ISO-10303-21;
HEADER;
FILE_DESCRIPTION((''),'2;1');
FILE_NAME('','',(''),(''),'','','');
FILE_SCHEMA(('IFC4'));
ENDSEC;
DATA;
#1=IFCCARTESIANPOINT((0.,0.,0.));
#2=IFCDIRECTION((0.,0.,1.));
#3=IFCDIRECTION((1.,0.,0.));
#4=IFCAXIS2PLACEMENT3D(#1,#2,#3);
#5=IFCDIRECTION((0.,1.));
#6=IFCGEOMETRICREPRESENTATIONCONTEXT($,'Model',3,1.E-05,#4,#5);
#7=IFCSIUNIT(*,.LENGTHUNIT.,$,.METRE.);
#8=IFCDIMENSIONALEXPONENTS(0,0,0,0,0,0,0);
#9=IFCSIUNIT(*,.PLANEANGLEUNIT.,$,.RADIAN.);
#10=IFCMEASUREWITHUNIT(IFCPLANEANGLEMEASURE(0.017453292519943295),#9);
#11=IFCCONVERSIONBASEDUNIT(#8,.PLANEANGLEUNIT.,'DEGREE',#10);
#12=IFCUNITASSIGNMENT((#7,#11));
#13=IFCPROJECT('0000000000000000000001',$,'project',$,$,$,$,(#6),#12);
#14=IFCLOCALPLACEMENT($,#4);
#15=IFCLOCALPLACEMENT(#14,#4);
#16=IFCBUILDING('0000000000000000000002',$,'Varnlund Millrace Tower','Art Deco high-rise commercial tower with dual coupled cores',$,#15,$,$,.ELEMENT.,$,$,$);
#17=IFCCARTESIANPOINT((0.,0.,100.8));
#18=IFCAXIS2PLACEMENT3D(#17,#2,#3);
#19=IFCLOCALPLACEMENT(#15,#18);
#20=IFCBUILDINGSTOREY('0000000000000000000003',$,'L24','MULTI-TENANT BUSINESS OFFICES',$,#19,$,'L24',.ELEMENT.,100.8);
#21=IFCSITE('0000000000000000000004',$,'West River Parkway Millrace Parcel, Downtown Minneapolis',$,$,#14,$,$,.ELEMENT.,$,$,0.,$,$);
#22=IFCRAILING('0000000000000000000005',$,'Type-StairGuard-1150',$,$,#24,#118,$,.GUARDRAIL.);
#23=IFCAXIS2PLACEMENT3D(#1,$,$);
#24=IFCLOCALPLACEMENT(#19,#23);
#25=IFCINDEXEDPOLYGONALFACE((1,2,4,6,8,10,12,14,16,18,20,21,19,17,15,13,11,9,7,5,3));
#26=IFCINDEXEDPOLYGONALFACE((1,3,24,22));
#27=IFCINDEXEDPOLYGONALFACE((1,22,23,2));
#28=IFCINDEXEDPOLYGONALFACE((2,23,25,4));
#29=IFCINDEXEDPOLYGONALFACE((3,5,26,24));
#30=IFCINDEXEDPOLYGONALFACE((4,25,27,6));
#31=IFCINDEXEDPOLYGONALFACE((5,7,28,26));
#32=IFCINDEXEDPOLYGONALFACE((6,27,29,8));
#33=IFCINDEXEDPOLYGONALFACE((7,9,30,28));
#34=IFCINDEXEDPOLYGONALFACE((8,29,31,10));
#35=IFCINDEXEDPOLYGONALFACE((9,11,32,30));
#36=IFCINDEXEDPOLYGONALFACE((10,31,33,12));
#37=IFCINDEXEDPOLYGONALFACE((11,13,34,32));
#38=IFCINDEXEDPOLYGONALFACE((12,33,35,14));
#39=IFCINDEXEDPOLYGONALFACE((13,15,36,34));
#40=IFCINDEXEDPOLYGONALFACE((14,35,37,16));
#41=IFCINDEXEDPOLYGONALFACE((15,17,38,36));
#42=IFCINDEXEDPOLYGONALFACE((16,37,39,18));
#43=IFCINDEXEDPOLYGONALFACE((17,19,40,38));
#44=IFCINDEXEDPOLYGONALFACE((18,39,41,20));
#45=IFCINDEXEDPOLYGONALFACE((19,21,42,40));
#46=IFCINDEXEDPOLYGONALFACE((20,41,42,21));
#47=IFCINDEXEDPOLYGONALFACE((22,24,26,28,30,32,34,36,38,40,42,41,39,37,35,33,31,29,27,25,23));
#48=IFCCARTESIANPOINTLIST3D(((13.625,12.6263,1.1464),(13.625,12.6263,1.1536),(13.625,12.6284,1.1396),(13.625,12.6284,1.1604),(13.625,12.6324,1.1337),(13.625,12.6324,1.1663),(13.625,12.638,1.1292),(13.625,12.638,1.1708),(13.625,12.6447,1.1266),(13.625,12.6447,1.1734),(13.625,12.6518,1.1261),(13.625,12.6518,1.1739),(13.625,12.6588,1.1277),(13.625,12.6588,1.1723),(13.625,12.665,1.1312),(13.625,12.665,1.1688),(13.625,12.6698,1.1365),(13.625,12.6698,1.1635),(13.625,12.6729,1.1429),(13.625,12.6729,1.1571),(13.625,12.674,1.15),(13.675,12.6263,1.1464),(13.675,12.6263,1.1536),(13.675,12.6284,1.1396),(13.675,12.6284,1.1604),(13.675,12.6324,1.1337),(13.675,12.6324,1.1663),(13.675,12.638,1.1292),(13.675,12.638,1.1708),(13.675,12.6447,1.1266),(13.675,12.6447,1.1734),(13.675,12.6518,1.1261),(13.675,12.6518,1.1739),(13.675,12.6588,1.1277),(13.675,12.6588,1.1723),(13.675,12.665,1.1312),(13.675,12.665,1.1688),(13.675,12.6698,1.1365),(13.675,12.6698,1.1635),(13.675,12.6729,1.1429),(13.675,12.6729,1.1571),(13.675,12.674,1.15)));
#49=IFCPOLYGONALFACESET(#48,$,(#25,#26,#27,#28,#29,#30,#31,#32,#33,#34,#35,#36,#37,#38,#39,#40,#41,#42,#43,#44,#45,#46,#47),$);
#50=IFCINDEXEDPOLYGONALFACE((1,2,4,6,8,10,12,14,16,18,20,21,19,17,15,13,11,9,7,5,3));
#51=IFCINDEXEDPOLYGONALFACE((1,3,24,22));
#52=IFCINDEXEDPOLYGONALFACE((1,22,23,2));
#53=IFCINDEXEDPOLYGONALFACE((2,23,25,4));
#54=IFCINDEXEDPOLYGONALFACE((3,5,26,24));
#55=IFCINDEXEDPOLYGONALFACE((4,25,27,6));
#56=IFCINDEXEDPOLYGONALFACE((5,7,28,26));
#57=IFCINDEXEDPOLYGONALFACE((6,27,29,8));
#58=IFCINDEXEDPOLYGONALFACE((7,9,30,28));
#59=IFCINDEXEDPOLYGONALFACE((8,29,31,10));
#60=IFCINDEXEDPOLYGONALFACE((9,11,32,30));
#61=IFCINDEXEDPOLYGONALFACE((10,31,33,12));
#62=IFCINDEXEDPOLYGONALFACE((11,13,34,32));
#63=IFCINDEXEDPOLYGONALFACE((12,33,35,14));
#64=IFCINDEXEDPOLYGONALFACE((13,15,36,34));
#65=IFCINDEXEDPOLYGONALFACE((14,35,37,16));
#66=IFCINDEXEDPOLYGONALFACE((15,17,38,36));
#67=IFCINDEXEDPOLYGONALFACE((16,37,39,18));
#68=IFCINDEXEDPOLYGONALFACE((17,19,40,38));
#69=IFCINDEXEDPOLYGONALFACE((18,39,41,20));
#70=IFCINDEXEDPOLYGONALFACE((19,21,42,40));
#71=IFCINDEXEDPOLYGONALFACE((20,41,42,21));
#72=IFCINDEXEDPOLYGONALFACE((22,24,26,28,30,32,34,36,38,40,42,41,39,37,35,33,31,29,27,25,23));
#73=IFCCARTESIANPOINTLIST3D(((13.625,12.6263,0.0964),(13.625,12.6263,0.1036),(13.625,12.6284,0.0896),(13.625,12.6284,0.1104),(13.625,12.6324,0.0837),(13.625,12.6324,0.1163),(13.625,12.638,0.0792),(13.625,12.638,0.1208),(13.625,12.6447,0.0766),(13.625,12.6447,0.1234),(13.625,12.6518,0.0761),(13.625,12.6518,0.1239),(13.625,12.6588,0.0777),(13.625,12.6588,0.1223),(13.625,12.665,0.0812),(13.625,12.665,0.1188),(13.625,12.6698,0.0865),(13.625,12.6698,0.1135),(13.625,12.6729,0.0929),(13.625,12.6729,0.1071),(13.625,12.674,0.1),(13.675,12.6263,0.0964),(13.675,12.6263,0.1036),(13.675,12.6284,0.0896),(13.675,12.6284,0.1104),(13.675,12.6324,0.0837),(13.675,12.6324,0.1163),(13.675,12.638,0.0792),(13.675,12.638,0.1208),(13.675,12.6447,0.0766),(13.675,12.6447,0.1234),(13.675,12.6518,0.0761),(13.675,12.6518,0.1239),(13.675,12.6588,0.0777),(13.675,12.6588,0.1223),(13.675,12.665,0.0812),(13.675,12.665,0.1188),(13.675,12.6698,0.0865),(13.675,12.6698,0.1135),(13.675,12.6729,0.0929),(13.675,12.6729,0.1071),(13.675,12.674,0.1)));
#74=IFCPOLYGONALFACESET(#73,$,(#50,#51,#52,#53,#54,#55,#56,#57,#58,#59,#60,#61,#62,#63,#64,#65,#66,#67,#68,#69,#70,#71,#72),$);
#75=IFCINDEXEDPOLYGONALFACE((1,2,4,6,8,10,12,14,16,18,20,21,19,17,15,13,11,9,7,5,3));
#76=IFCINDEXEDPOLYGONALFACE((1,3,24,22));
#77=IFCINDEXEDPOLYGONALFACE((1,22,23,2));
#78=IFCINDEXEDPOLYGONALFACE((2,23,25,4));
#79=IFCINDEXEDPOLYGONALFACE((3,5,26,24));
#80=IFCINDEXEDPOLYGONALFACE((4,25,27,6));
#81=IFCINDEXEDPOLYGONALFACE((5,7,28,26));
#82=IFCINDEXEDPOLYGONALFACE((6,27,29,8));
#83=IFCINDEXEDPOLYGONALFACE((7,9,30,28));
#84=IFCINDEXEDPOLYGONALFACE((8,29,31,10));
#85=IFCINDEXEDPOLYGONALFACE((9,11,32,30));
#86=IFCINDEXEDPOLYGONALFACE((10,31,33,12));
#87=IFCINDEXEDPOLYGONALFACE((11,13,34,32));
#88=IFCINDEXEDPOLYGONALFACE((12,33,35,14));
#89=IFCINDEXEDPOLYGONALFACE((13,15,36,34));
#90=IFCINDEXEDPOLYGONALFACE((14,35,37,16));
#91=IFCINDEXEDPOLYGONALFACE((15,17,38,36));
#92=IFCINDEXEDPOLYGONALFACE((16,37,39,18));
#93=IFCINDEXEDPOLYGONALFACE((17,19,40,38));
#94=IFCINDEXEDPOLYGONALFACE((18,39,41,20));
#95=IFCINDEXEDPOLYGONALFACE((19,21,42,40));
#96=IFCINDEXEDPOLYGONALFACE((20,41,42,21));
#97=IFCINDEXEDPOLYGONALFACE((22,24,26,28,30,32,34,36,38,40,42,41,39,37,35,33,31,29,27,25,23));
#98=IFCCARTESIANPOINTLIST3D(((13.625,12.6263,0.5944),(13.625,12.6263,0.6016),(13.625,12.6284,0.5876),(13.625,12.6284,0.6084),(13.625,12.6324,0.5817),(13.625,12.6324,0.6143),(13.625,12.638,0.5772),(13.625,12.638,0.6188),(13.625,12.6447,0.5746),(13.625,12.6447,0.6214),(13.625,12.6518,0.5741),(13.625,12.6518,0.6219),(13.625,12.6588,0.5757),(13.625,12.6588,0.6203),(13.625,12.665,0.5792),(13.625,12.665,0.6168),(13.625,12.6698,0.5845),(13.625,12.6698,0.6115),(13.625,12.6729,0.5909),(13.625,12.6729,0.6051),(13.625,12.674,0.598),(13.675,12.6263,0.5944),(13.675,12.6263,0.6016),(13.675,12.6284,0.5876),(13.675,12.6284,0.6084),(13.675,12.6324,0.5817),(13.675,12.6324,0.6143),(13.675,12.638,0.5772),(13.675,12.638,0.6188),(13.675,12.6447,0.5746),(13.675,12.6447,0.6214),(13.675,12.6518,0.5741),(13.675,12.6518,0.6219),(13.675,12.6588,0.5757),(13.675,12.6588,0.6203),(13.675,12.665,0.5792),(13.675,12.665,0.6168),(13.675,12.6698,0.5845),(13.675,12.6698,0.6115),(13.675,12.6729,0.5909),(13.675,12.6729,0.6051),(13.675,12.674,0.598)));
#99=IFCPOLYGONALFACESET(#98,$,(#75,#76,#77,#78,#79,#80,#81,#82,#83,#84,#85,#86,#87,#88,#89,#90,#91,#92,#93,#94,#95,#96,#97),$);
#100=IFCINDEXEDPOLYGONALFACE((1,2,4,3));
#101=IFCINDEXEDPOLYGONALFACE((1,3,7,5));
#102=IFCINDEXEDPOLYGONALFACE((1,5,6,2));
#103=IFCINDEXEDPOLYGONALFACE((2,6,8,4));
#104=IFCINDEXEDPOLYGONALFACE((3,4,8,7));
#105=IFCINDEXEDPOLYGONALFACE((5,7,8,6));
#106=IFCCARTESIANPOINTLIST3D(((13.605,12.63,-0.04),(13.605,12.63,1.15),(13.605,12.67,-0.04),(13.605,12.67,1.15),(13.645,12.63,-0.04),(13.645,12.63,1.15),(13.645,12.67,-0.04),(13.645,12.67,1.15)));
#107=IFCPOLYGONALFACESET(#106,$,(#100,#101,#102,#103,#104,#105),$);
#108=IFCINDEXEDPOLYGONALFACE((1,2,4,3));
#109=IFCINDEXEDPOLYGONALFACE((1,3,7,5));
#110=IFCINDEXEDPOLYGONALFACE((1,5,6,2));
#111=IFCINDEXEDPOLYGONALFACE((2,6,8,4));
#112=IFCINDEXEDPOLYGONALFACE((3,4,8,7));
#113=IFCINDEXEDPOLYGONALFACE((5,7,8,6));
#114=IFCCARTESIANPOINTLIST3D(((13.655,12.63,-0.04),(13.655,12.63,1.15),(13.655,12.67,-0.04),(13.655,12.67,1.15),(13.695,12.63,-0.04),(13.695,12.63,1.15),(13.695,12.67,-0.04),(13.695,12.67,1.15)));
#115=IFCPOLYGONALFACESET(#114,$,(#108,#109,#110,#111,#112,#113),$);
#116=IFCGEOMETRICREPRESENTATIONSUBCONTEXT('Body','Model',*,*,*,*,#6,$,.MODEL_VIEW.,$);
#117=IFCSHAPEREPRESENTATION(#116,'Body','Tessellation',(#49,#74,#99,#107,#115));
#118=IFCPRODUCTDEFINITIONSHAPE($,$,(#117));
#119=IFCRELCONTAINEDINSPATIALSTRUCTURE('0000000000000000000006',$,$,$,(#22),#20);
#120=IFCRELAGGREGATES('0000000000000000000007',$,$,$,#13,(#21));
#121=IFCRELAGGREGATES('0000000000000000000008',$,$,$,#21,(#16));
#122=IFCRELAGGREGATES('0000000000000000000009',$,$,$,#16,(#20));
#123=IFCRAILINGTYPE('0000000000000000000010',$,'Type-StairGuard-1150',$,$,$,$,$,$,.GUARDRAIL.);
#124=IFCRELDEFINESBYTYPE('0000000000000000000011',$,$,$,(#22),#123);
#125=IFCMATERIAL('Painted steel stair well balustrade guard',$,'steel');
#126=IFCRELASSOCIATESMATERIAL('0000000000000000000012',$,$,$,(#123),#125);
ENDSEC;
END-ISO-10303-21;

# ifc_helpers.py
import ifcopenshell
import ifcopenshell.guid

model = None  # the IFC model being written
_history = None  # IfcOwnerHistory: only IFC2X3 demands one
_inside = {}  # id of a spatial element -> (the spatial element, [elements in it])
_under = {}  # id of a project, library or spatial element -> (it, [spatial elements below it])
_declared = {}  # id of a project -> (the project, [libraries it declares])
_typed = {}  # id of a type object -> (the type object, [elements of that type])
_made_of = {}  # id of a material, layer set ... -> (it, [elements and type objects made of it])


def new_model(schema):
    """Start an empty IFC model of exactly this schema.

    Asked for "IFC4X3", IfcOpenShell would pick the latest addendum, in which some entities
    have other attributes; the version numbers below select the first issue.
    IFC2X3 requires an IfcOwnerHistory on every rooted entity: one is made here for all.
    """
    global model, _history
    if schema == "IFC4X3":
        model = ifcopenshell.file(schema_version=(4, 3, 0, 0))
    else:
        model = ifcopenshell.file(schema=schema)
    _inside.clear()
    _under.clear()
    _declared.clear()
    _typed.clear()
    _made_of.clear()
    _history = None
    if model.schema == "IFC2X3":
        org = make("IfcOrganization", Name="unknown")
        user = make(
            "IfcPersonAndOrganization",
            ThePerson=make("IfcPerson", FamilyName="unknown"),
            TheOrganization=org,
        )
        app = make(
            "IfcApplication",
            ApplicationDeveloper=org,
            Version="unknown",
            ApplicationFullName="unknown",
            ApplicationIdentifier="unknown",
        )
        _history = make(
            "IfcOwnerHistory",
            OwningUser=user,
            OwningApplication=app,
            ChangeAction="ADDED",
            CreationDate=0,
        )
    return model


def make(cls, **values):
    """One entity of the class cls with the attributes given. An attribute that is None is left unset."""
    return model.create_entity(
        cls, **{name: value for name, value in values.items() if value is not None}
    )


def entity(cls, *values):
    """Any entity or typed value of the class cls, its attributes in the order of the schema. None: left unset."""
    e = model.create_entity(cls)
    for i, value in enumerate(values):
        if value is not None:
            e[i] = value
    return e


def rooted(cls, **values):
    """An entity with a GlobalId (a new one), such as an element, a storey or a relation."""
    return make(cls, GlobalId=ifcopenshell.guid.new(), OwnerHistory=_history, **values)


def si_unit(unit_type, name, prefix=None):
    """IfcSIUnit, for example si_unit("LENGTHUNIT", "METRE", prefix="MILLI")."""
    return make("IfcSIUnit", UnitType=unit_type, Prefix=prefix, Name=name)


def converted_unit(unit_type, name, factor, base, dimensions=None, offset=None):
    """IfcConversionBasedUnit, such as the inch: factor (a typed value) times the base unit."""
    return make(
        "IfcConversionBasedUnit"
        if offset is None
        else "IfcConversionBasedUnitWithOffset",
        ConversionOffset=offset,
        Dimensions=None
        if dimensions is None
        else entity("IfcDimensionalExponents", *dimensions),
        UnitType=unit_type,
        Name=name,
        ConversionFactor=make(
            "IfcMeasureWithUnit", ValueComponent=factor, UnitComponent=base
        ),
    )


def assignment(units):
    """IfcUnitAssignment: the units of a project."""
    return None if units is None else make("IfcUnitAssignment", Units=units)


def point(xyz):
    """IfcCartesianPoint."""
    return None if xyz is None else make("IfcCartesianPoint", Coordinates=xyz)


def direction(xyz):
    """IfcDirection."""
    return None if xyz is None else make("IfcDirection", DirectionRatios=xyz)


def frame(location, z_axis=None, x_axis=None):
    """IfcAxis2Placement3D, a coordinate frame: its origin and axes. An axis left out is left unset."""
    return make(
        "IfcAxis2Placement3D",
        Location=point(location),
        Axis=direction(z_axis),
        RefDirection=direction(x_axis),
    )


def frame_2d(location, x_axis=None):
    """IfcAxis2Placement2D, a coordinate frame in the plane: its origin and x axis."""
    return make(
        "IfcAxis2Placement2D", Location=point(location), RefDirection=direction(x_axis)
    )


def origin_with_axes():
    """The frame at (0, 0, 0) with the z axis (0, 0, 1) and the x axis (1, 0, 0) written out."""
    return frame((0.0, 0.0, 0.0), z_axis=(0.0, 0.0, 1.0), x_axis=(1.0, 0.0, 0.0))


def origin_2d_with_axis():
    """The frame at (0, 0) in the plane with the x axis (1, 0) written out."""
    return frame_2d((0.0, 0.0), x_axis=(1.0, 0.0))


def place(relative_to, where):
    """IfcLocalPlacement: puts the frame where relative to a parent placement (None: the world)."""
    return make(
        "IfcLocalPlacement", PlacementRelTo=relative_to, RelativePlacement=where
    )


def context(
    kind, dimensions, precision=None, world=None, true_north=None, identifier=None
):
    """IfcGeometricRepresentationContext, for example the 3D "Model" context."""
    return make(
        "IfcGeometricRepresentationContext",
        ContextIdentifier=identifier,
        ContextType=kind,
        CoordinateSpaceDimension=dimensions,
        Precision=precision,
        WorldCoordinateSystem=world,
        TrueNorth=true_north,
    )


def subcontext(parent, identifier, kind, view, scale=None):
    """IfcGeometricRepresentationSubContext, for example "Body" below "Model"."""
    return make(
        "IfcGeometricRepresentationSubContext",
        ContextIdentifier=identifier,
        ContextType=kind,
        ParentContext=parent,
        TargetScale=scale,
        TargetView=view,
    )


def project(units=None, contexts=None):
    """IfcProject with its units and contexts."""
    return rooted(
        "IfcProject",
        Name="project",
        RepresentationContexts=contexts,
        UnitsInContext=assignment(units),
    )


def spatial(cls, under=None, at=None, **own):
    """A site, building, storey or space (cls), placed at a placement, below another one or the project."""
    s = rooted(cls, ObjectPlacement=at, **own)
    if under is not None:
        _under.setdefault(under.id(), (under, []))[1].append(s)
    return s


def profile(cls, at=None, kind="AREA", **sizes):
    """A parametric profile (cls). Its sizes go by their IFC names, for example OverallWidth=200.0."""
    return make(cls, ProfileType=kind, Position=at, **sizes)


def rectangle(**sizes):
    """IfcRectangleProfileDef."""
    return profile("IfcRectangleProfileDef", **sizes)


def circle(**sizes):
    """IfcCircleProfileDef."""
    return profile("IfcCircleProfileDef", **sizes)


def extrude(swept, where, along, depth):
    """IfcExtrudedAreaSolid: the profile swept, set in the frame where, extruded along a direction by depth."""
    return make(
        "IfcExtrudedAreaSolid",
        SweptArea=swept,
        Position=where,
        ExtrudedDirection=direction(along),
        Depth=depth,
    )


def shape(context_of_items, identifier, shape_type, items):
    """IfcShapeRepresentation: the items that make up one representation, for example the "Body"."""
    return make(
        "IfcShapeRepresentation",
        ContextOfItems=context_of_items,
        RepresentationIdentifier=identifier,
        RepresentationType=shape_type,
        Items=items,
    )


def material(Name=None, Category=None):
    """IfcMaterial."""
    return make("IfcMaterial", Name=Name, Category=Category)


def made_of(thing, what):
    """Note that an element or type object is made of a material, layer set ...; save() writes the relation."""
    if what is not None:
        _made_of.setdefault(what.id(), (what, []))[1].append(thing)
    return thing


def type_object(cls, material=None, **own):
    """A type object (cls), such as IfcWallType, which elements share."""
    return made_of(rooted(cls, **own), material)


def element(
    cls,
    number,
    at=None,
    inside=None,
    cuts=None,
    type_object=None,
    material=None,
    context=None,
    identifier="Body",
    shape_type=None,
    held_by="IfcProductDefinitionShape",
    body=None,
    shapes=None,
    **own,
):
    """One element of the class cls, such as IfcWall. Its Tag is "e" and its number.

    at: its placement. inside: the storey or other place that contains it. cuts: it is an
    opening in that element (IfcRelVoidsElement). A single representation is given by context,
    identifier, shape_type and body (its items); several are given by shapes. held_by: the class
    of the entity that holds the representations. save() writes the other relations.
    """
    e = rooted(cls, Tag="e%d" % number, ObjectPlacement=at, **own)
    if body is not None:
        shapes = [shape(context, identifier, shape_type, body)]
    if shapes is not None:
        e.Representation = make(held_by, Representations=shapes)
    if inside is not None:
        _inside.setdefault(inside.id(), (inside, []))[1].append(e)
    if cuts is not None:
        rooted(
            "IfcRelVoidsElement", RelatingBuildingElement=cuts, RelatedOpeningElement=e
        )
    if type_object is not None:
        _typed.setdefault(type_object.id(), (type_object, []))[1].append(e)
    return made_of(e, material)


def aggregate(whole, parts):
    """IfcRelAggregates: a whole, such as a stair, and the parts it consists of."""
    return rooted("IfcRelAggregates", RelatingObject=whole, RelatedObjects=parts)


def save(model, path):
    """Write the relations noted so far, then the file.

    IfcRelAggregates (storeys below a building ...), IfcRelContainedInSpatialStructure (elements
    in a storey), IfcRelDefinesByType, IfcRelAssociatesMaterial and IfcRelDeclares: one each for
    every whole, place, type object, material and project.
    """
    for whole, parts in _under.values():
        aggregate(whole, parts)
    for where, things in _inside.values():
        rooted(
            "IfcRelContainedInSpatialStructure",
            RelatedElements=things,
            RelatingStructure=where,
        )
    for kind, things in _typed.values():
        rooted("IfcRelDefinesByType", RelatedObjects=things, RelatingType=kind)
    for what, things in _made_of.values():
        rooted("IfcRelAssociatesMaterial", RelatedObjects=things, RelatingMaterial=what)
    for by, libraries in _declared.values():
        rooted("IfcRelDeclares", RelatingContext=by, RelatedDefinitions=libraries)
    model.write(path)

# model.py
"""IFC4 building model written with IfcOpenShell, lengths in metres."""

from ifc_helpers import new_model, entity, si_unit, converted_unit, direction, frame, origin_with_axes, origin_2d_with_axis, place, context, subcontext, project, spatial, rectangle, circle, extrude, material, type_object, element, save


model = new_model("IFC4")

# Units and contexts
model_context = context("Model", 3, precision=1e-05, world=origin_with_axes(), true_north=direction((0.0, 1.0)))
body_context = subcontext(model_context, "Body", "Model", "MODEL_VIEW")
ifc_project = project(units=[si_unit("LENGTHUNIT", "METRE"), converted_unit("PLANEANGLEUNIT", "DEGREE", entity("IfcPlaneAngleMeasure", 0.017453292519943295), si_unit("PLANEANGLEUNIT", "RADIAN"), dimensions=[0, 0, 0, 0, 0, 0, 0])], contexts=[model_context])

# Site, building, storey
site_placement = place(None, origin_with_axes())
site = spatial("IfcSite", under=ifc_project, at=site_placement, Name="West River Parkway Millrace Parcel, Downtown Minneapolis", CompositionType="ELEMENT", RefElevation=0.0)
building_placement = place(site_placement, origin_with_axes())
building = spatial("IfcBuilding", under=site, at=building_placement, Name="Varnlund Millrace Tower", Description="Art Deco high-rise commercial tower with dual coupled cores", CompositionType="ELEMENT")
storey_placement = place(building_placement, frame((0.0, 0.0, 100.8), z_axis=(0.0, 0.0, 1.0), x_axis=(1.0, 0.0, 0.0)))
storey = spatial("IfcBuildingStorey", under=building, at=storey_placement, Name="L24", Description="MULTI-TENANT BUSINESS OFFICES", LongName="L24", CompositionType="ELEMENT", Elevation=100.8)

# Railing
ifc_material_1 = material(Name="Painted steel stair well balustrade guard", Category="steel")
railing_type_1 = type_object("IfcRailingType", Name="Type-StairGuard-1150", PredefinedType="GUARDRAIL", material=ifc_material_1)
railing_1_placement = place(storey_placement, frame((0.0, 0.0, -100.8), z_axis=(0.0, 0.0, 1.0), x_axis=(1.0, 0.0, 0.0)))
element("IfcRailing", 1, at=railing_1_placement, inside=storey, type_object=railing_type_1, Name="Type-StairGuard-1150", PredefinedType="GUARDRAIL", context=body_context, shape_type="SweptSolid", body=[
    extrude(circle(Radius=0.024, at=origin_2d_with_axis()), frame((13.625, 12.65, 101.95), z_axis=(1.0, 0.0, 0.0), x_axis=(0.0, 1.0, 0.0)), (0.0, 0.0, 1.0), 0.05),
    extrude(circle(Radius=0.024, at=origin_2d_with_axis()), frame((13.625, 12.65, 100.9), z_axis=(1.0, 0.0, 0.0), x_axis=(0.0, 1.0, 0.0)), (0.0, 0.0, 1.0), 0.05),
    extrude(circle(Radius=0.024, at=origin_2d_with_axis()), frame((13.625, 12.65, 101.398), z_axis=(1.0, 0.0, 0.0), x_axis=(0.0, 1.0, 0.0)), (0.0, 0.0, 1.0), 0.05),
    extrude(rectangle(XDim=0.04, YDim=0.04, at=origin_2d_with_axis()), frame((13.625, 12.65, 100.76), z_axis=(0.0, 0.0, 1.0), x_axis=(1.0, 0.0, 0.0)), (0.0, 0.0, 1.0), 1.19),
    extrude(rectangle(XDim=0.04, YDim=0.04, at=origin_2d_with_axis()), frame((13.675, 12.65, 100.76), z_axis=(0.0, 0.0, 1.0), x_axis=(1.0, 0.0, 0.0)), (0.0, 0.0, 1.0), 1.19),
])

save(model, "model.ifc")
